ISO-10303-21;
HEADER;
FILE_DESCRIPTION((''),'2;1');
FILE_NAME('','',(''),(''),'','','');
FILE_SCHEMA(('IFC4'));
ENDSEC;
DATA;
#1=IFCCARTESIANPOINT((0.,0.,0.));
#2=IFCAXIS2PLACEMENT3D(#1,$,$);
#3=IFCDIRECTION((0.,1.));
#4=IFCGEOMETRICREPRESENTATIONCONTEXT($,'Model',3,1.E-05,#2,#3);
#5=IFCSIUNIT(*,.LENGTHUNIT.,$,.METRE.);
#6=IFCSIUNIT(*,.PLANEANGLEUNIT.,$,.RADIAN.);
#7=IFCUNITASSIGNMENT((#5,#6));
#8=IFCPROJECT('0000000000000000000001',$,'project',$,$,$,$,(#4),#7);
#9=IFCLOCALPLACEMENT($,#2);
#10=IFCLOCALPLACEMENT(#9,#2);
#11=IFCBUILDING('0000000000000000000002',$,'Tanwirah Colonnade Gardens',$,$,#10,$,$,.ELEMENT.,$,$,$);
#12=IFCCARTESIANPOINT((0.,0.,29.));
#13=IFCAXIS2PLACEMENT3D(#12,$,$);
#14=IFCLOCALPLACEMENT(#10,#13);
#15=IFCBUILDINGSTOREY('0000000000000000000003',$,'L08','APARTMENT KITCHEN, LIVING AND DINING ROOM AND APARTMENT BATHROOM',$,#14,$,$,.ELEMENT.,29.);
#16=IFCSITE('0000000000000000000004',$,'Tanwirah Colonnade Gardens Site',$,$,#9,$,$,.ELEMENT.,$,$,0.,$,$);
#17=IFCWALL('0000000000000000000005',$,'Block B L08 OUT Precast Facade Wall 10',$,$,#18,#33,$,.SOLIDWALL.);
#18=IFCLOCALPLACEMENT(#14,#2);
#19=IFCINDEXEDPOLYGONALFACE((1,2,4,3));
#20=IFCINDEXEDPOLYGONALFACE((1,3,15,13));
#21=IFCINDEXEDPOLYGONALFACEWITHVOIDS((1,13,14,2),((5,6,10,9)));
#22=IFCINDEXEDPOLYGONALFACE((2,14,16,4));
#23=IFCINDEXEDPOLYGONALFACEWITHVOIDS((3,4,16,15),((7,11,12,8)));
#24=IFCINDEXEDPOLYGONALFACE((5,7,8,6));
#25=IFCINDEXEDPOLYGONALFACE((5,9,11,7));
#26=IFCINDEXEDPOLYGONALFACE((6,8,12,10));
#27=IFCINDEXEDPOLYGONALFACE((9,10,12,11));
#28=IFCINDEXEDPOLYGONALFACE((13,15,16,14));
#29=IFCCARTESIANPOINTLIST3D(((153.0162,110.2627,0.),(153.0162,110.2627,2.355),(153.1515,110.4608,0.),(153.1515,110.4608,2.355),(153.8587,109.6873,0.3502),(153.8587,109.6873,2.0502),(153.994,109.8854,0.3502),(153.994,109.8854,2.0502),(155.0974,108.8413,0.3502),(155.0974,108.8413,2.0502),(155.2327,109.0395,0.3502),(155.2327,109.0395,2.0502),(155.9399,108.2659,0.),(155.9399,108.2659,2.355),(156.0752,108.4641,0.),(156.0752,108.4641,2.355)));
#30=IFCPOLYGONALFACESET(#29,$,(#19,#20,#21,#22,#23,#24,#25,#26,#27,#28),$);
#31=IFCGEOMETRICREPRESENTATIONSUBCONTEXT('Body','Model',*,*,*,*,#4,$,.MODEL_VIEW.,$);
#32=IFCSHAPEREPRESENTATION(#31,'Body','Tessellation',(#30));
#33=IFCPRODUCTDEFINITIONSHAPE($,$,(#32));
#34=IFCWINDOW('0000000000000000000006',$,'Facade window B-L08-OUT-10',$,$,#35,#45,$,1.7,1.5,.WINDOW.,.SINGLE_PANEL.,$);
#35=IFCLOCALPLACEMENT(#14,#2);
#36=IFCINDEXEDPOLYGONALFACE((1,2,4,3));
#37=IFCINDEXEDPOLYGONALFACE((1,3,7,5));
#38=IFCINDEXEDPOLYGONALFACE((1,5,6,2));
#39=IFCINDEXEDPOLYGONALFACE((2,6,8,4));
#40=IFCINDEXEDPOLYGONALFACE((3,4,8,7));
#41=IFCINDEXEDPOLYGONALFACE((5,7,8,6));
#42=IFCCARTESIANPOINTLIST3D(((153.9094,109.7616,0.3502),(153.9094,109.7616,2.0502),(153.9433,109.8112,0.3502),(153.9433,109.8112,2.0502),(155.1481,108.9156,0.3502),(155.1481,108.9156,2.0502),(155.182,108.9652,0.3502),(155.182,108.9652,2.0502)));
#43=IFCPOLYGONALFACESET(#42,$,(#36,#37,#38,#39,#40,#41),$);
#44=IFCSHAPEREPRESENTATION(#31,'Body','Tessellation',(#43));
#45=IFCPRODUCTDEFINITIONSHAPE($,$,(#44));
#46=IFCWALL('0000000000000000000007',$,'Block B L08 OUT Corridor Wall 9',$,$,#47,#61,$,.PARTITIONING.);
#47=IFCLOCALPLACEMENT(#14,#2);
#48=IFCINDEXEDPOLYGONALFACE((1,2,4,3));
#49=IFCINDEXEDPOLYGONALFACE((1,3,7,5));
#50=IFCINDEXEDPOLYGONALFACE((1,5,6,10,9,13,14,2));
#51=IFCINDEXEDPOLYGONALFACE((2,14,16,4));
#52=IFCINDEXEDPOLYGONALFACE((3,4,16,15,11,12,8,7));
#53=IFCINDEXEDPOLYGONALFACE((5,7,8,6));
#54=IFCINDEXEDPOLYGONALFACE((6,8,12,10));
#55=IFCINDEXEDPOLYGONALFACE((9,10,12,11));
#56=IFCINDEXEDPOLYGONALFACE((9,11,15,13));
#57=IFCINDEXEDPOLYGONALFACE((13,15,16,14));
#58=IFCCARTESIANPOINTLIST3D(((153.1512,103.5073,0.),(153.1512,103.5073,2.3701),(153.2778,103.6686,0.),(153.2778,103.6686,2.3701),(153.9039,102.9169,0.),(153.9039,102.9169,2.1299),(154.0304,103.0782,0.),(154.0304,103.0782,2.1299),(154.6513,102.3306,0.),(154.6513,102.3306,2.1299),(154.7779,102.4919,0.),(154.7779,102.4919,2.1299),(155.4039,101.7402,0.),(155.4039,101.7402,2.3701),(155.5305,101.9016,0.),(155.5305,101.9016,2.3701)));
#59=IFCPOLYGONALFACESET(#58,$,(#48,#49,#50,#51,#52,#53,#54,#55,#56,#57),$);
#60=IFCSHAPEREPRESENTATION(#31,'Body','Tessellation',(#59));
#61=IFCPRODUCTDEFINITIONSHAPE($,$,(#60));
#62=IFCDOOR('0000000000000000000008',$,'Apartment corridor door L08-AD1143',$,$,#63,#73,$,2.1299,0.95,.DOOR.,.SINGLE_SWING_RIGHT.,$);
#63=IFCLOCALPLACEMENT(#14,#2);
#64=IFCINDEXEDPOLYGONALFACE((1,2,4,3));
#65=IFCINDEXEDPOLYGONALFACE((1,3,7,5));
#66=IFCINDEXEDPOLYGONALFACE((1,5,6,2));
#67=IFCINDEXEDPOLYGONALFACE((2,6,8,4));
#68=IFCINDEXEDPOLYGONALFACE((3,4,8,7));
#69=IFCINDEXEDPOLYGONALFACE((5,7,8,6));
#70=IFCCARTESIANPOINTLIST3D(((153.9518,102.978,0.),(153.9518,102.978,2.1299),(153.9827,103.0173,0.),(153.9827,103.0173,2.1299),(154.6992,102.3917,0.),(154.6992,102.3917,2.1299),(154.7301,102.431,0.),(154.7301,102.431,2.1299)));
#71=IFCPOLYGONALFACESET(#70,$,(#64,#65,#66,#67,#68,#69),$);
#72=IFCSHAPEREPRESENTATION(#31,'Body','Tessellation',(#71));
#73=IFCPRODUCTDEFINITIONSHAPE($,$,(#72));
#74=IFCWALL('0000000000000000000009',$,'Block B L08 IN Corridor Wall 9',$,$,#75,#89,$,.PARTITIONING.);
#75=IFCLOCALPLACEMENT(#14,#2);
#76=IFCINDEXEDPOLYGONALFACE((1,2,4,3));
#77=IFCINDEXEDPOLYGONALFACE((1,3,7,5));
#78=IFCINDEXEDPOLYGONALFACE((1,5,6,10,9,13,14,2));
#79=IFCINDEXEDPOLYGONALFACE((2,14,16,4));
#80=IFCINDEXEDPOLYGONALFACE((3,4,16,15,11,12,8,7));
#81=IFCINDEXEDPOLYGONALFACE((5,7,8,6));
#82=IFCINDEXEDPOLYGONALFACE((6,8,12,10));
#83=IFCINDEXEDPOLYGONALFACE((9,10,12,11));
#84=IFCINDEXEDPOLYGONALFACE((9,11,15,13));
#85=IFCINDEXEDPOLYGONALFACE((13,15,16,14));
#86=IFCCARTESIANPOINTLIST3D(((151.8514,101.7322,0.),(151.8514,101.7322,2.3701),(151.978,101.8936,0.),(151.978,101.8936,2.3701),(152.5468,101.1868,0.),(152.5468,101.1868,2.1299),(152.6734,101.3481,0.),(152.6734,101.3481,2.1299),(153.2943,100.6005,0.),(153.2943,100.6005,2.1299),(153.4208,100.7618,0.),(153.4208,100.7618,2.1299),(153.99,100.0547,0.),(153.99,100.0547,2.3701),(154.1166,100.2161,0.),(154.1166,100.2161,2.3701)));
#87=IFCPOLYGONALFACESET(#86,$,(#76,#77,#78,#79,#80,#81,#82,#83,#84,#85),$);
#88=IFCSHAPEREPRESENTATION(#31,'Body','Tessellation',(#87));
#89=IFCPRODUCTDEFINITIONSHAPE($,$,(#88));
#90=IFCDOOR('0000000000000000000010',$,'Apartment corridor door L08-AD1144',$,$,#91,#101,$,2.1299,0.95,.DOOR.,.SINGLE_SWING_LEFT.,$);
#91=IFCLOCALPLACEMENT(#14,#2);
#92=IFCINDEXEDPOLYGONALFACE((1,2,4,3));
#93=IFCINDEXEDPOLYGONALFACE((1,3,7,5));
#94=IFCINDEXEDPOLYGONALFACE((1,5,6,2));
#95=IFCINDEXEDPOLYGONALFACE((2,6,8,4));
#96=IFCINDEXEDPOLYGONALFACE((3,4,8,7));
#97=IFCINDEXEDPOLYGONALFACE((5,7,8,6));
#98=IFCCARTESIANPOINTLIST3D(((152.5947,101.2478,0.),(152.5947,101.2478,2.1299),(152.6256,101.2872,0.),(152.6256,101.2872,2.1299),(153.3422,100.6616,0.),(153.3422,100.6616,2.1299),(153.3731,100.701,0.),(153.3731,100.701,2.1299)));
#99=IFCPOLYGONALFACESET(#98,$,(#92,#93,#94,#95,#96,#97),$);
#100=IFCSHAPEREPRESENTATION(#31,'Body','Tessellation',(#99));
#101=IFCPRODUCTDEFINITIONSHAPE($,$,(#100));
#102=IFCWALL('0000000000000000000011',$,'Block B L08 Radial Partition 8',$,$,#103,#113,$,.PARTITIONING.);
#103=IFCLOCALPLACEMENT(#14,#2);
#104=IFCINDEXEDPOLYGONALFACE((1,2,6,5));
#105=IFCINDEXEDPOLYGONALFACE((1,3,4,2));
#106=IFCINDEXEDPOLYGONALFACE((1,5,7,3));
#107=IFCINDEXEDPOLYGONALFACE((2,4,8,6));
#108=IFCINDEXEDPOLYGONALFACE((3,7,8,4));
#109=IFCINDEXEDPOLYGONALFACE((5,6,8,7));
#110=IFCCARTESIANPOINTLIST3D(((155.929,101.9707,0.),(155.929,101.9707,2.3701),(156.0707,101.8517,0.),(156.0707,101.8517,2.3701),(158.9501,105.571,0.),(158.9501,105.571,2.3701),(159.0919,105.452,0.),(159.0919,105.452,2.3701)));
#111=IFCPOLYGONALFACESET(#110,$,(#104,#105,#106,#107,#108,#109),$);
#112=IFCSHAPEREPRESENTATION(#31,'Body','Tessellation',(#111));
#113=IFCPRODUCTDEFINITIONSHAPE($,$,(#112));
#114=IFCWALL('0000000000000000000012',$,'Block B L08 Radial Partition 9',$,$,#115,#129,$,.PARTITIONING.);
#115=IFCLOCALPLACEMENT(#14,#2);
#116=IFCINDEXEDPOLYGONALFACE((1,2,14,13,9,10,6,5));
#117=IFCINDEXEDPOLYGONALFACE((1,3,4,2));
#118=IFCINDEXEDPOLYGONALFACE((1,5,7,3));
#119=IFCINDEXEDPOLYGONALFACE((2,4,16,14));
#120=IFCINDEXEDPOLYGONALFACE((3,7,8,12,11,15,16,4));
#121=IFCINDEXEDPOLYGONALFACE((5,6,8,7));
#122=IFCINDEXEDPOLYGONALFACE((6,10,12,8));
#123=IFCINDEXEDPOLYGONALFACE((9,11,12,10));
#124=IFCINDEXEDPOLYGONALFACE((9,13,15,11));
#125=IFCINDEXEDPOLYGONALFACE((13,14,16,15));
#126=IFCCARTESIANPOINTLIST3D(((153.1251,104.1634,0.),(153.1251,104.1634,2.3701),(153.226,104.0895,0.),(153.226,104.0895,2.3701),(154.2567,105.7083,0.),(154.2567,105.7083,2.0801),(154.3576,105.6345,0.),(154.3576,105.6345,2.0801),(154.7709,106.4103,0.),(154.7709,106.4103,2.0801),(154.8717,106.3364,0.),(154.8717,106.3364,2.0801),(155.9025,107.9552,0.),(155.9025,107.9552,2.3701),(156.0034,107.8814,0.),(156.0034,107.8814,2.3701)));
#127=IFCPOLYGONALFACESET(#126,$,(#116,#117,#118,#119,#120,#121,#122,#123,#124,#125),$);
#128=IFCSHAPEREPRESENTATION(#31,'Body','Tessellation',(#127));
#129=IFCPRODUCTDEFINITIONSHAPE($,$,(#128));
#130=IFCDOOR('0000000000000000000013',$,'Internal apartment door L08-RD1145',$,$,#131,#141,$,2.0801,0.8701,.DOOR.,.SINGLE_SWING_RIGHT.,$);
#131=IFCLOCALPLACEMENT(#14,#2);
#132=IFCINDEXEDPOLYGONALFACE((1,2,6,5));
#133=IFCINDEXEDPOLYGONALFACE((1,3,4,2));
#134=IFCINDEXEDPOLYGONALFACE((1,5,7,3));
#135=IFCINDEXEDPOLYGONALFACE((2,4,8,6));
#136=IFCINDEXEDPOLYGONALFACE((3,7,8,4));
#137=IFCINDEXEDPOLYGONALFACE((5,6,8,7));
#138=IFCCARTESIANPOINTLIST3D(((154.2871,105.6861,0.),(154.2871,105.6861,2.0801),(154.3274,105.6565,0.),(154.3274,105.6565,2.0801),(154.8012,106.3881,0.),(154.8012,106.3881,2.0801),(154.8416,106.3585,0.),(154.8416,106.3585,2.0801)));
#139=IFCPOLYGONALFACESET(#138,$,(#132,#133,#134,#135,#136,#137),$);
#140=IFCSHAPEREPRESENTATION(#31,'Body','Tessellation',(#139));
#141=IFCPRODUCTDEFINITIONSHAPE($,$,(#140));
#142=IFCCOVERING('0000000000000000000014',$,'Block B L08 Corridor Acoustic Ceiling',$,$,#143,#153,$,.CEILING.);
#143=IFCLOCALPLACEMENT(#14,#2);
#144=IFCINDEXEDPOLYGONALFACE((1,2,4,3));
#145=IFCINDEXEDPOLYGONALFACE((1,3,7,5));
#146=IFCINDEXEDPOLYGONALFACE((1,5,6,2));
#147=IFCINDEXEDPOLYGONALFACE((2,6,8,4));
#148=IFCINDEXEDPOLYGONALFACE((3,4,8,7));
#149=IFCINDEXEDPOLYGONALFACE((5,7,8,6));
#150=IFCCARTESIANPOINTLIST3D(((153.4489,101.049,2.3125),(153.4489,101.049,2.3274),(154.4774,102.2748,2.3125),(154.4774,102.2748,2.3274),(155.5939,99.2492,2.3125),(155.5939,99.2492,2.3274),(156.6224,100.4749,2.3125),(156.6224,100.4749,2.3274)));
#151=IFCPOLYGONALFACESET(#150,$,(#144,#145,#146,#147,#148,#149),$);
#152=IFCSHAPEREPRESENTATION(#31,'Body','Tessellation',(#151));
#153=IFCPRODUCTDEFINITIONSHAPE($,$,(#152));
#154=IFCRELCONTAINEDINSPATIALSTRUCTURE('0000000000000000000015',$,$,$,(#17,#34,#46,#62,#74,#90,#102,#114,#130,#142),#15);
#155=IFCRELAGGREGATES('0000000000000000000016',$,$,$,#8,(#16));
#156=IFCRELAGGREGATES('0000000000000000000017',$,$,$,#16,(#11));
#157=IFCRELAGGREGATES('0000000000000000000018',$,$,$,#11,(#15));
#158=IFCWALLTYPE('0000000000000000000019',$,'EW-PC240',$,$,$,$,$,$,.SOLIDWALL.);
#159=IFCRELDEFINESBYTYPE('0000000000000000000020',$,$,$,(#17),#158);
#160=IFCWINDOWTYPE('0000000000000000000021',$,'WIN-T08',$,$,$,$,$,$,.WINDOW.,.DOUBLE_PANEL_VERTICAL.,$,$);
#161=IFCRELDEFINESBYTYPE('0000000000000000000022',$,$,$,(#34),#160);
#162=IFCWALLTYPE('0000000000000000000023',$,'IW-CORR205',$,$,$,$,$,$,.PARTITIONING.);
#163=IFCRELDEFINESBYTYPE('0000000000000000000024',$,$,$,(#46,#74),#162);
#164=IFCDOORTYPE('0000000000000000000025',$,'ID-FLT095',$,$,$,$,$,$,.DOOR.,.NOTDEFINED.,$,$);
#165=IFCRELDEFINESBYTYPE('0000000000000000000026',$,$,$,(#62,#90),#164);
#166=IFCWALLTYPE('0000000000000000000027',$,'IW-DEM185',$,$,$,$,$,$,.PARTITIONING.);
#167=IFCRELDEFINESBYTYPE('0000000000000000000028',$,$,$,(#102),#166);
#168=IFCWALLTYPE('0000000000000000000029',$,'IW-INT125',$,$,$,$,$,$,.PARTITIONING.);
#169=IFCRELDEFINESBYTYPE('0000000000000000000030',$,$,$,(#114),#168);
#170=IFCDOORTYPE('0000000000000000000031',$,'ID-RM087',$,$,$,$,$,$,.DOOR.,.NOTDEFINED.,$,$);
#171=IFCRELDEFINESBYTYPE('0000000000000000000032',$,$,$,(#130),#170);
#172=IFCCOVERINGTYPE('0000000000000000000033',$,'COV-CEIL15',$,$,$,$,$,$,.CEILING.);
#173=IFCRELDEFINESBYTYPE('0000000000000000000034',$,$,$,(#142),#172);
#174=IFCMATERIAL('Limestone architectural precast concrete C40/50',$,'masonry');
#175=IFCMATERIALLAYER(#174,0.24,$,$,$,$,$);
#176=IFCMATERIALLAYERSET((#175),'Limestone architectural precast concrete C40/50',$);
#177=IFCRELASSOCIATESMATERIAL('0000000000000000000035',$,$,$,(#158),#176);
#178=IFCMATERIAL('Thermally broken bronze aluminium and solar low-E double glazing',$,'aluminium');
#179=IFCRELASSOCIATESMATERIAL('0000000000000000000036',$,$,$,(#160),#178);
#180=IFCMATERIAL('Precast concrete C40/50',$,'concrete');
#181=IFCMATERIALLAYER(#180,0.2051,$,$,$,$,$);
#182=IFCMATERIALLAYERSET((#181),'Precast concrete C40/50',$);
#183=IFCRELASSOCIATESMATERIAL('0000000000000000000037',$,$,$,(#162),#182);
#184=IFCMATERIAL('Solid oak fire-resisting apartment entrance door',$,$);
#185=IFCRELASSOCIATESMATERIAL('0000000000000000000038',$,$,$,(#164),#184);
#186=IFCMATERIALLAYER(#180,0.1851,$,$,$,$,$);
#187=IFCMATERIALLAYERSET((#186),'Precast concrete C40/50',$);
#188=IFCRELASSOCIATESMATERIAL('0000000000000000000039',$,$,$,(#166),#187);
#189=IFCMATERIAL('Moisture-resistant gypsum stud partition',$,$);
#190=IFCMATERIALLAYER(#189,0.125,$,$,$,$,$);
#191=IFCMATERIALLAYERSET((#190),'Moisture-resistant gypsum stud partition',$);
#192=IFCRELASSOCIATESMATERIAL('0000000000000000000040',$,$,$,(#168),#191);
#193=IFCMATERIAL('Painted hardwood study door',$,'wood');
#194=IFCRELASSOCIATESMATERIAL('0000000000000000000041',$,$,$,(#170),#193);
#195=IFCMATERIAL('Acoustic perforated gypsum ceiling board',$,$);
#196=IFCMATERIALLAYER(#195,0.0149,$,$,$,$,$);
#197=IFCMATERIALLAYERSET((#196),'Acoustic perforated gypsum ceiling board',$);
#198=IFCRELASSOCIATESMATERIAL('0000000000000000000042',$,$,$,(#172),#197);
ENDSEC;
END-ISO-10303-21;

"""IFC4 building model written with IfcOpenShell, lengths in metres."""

from ifc_helpers import new_model, si_unit, direction, frame, frame_2d, origin, origin_2d, place, context, subcontext, project, spatial, rectangle, extrude, material, layer, layer_set, type_object, element, fill, save


model = new_model("IFC4")

# Units and contexts
model_context = context("Model", 3, precision=1e-05, world=origin(), true_north=direction((0.0, 1.0)))
body_context = subcontext(model_context, "Body", "Model", "MODEL_VIEW")
ifc_project = project(units=[si_unit("LENGTHUNIT", "METRE"), si_unit("PLANEANGLEUNIT", "RADIAN")], contexts=[model_context])

# Site, building, storey
site_placement = place(None, origin())
site = spatial("IfcSite", under=ifc_project, at=site_placement, Name="Tanwirah Colonnade Gardens Site", CompositionType="ELEMENT", RefElevation=0.0)
building_placement = place(site_placement, origin())
building = spatial("IfcBuilding", under=site, at=building_placement, Name="Tanwirah Colonnade Gardens", CompositionType="ELEMENT")
storey_placement = place(building_placement, frame((0.0, 0.0, 29.0)))
storey = spatial("IfcBuildingStorey", under=building, at=storey_placement, Name="L08", Description="APARTMENT KITCHEN, LIVING AND DINING ROOM AND APARTMENT BATHROOM", CompositionType="ELEMENT", Elevation=29.0)

# Shared definitions
ifc_material_1 = material(Name="Precast concrete C40/50", Category="concrete")

# Wall, opening, window
ifc_material_2 = material(Name="Limestone architectural precast concrete C40/50", Category="masonry")
ifc_layer_1 = layer(ifc_material_2, 0.24)
ifc_layer_set_1 = layer_set([ifc_layer_1], Name="Limestone architectural precast concrete C40/50")
wall_type_1 = type_object("IfcWallType", Name="EW-PC240", PredefinedType="SOLIDWALL", material=ifc_layer_set_1)
ifc_material_3 = material(Name="Thermally broken bronze aluminium and solar low-E double glazing", Category="aluminium")
wall_1_placement = place(storey_placement, frame((156.0076, 108.365, 0.0), z_axis=(0.0, 0.0, 1.0), x_axis=(-0.825792, 0.563974, 0.0)))
wall_1 = element("IfcWall", 1, at=wall_1_placement, inside=storey, type_object=wall_type_1, Name="Block B L08 OUT Precast Facade Wall 10", PredefinedType="SOLIDWALL", context=body_context, shape_type="SweptSolid", body=[
    extrude(rectangle(XDim=3.5405, YDim=0.24, at=frame_2d((1.7703, 0.0))), origin(), (0.0, 0.0, 1.0), 2.355),
])
opening_1_placement = place(wall_1_placement, frame((1.0203, 0.0, 0.3501)))
opening_1 = element("IfcOpeningElement", 2, at=opening_1_placement, cuts=wall_1, PredefinedType="OPENING", context=body_context, shape_type="SweptSolid", body=[
    extrude(rectangle(XDim=1.5, YDim=1.7, at=frame_2d((0.75, 0.8501))), frame((0.0, 0.1299, 0.0), z_axis=(0.0, -1.0, 0.0), x_axis=(1.0, 0.0, 0.0)), (0.0, 0.0, 1.0), 0.26),
])
window_type_1 = type_object("IfcWindowType", Name="WIN-T08", PartitioningType="DOUBLE_PANEL_VERTICAL", PredefinedType="WINDOW", material=ifc_material_3)
window_1_placement = place(opening_1_placement, origin())
window_1 = element("IfcWindow", 3, at=window_1_placement, inside=storey, type_object=window_type_1, Name="Facade window B-L08-OUT-10", OverallHeight=1.7, OverallWidth=1.5, PartitioningType="SINGLE_PANEL", PredefinedType="WINDOW", context=body_context, shape_type="SweptSolid", body=[
    extrude(rectangle(XDim=1.5, YDim=1.7, at=frame_2d((0.75, 0.8501))), frame((0.0, 0.03, 0.0), z_axis=(0.0, -1.0, 0.0), x_axis=(1.0, 0.0, 0.0)), (0.0, 0.0, 1.0), 0.0601),
])
fill(opening_1, window_1)

# Walls, openings, doors
ifc_layer_2 = layer(ifc_material_1, 0.2051)
ifc_layer_set_2 = layer_set([ifc_layer_2], Name="Precast concrete C40/50")
wall_type_2 = type_object("IfcWallType", Name="IW-CORR205", PredefinedType="PARTITIONING", material=ifc_layer_set_2)
wall_2_placement = place(storey_placement, frame((155.4673, 101.8208, 0.0), z_axis=(0.0, 0.0, 1.0), x_axis=(-0.786806, 0.6172, 0.0)))
wall_2 = element("IfcWall", 4, at=wall_2_placement, inside=storey, type_object=wall_type_2, Name="Block B L08 OUT Corridor Wall 9", PredefinedType="PARTITIONING", context=body_context, shape_type="SweptSolid", body=[
    extrude(rectangle(XDim=2.863, YDim=0.2051, at=frame_2d((1.4316, 0.0))), origin(), (0.0, 0.0, 1.0), 2.3701),
])
opening_2_placement = place(wall_2_placement, frame((0.9565, 0.0, 0.0)))
opening_2 = element("IfcOpeningElement", 5, at=opening_2_placement, cuts=wall_2, PredefinedType="OPENING", context=body_context, shape_type="SweptSolid", body=[
    extrude(rectangle(XDim=0.95, YDim=2.1299, at=frame_2d((0.4751, 1.0649))), frame((0.0, 0.1125, 0.0), z_axis=(0.0, -1.0, 0.0), x_axis=(1.0, 0.0, 0.0)), (0.0, 0.0, 1.0), 0.2251),
])
ifc_material_4 = material(Name="Solid oak fire-resisting apartment entrance door")
door_type_1 = type_object("IfcDoorType", Name="ID-FLT095", OperationType="NOTDEFINED", PredefinedType="DOOR", material=ifc_material_4)
door_1_placement = place(opening_2_placement, origin())
door_1 = element("IfcDoor", 6, at=door_1_placement, inside=storey, type_object=door_type_1, Name="Apartment corridor door L08-AD1143", OperationType="SINGLE_SWING_RIGHT", OverallHeight=2.1299, OverallWidth=0.95, PredefinedType="DOOR", context=body_context, shape_type="SweptSolid", body=[
    extrude(rectangle(XDim=0.95, YDim=2.1299, at=frame_2d((0.4751, 1.0649))), frame((0.0, 0.0249, 0.0), z_axis=(0.0, -1.0, 0.0), x_axis=(1.0, 0.0, 0.0)), (0.0, 0.0, 1.0), 0.05),
])
fill(opening_2, door_1)
wall_3_placement = place(storey_placement, frame((154.0532, 100.1355, 0.0), z_axis=(0.0, 0.0, 1.0), x_axis=(-0.786835, 0.617163, 0.0)))
wall_3 = element("IfcWall", 7, at=wall_3_placement, inside=storey, type_object=wall_type_2, Name="Block B L08 IN Corridor Wall 9", PredefinedType="PARTITIONING", context=body_context, shape_type="SweptSolid", body=[
    extrude(rectangle(XDim=2.718, YDim=0.2051, at=frame_2d((1.3589, 0.0))), origin(), (0.0, 0.0, 1.0), 2.3701),
])
opening_3_placement = place(wall_3_placement, frame((0.884, 0.0, 0.0)))
opening_3 = element("IfcOpeningElement", 8, at=opening_3_placement, cuts=wall_3, PredefinedType="OPENING", context=body_context, shape_type="SweptSolid", body=[
    extrude(rectangle(XDim=0.95, YDim=2.1299, at=frame_2d((0.4751, 1.0649))), frame((0.0, 0.1125, 0.0), z_axis=(0.0, -1.0, 0.0), x_axis=(1.0, 0.0, 0.0)), (0.0, 0.0, 1.0), 0.2251),
])
door_2_placement = place(opening_3_placement, origin())
door_2 = element("IfcDoor", 9, at=door_2_placement, inside=storey, type_object=door_type_1, Name="Apartment corridor door L08-AD1144", OperationType="SINGLE_SWING_LEFT", OverallHeight=2.1299, OverallWidth=0.95, PredefinedType="DOOR", context=body_context, shape_type="SweptSolid", body=[
    extrude(rectangle(XDim=0.95, YDim=2.1299, at=frame_2d((0.4751, 1.0649))), frame((0.0, 0.0249, 0.0), z_axis=(0.0, -1.0, 0.0), x_axis=(1.0, 0.0, 0.0)), (0.0, 0.0, 1.0), 0.05),
])
fill(opening_3, door_2)

# Wall
ifc_layer_3 = layer(ifc_material_1, 0.1851)
ifc_layer_set_3 = layer_set([ifc_layer_3], Name="Precast concrete C40/50")
wall_type_3 = type_object("IfcWallType", Name="IW-DEM185", PredefinedType="PARTITIONING", material=ifc_layer_set_3)
wall_4_placement = place(storey_placement, frame((155.9998, 101.9111, 0.0), z_axis=(0.0, 0.0, 1.0), x_axis=(0.642812, 0.766024, 0.0)))
element("IfcWall", 10, at=wall_4_placement, inside=storey, type_object=wall_type_3, Name="Block B L08 Radial Partition 8", PredefinedType="PARTITIONING", context=body_context, shape_type="SweptSolid", body=[
    extrude(rectangle(XDim=4.7, YDim=0.1851, at=frame_2d((2.3501, 0.0))), origin(), (0.0, 0.0, 1.0), 2.3701),
])

# Wall, opening, door
ifc_material_5 = material(Name="Moisture-resistant gypsum stud partition")
ifc_layer_4 = layer(ifc_material_5, 0.125)
ifc_layer_set_4 = layer_set([ifc_layer_4], Name="Moisture-resistant gypsum stud partition")
wall_type_4 = type_object("IfcWallType", Name="IW-INT125", PredefinedType="PARTITIONING", material=ifc_layer_set_4)
wall_5_placement = place(storey_placement, frame((153.1755, 104.1265, 0.0), z_axis=(0.0, 0.0, 1.0), x_axis=(0.590911, 0.806737, 0.0)))
wall_5 = element("IfcWall", 11, at=wall_5_placement, inside=storey, type_object=wall_type_4, Name="Block B L08 Radial Partition 9", PredefinedType="PARTITIONING", context=body_context, shape_type="SweptSolid", body=[
    extrude(rectangle(XDim=4.7002, YDim=0.125, at=frame_2d((2.3501, 0.0))), origin(), (0.0, 0.0, 1.0), 2.3701),
])
opening_4_placement = place(wall_5_placement, frame((1.915, 0.0, 0.0)))
opening_4 = element("IfcOpeningElement", 12, at=opening_4_placement, cuts=wall_5, PredefinedType="OPENING", context=body_context, shape_type="SweptSolid", body=[
    extrude(rectangle(XDim=0.8701, YDim=2.0801, at=frame_2d((0.4351, 1.04))), frame((0.0, 0.0725, 0.0), z_axis=(0.0, -1.0, 0.0), x_axis=(1.0, 0.0, 0.0)), (0.0, 0.0, 1.0), 0.145),
])
ifc_material_6 = material(Name="Painted hardwood study door", Category="wood")
door_type_2 = type_object("IfcDoorType", Name="ID-RM087", OperationType="NOTDEFINED", PredefinedType="DOOR", material=ifc_material_6)
door_3_placement = place(opening_4_placement, origin())
door_3 = element("IfcDoor", 13, at=door_3_placement, inside=storey, type_object=door_type_2, Name="Internal apartment door L08-RD1145", OperationType="SINGLE_SWING_RIGHT", OverallHeight=2.0801, OverallWidth=0.8701, PredefinedType="DOOR", context=body_context, shape_type="SweptSolid", body=[
    extrude(rectangle(XDim=0.8701, YDim=2.0801, at=frame_2d((0.4351, 1.04))), frame((0.0, 0.0249, 0.0), z_axis=(0.0, -1.0, 0.0), x_axis=(1.0, 0.0, 0.0)), (0.0, 0.0, 1.0), 0.05),
])
fill(opening_4, door_3)

# Covering
ifc_material_7 = material(Name="Acoustic perforated gypsum ceiling board")
ifc_layer_5 = layer(ifc_material_7, 0.0149)
ifc_layer_set_5 = layer_set([ifc_layer_5], Name="Acoustic perforated gypsum ceiling board")
covering_type_1 = type_object("IfcCoveringType", Name="COV-CEIL15", PredefinedType="CEILING", material=ifc_layer_set_5)
covering_1_placement = place(storey_placement, frame((155.0356, 100.762, 2.3125), z_axis=(0.0, 0.0, 1.0), x_axis=(-0.766044, 0.642788, 0.0)))
element("IfcCovering", 14, at=covering_1_placement, inside=storey, type_object=covering_type_1, Name="Block B L08 Corridor Acoustic Ceiling", PredefinedType="CEILING", context=body_context, shape_type="SweptSolid", body=[
    extrude(rectangle(XDim=2.8, YDim=1.6001, at=origin_2d()), origin(), (0.0, 0.0, 1.0), 0.0149),
])

save(model, "model.ifc")
